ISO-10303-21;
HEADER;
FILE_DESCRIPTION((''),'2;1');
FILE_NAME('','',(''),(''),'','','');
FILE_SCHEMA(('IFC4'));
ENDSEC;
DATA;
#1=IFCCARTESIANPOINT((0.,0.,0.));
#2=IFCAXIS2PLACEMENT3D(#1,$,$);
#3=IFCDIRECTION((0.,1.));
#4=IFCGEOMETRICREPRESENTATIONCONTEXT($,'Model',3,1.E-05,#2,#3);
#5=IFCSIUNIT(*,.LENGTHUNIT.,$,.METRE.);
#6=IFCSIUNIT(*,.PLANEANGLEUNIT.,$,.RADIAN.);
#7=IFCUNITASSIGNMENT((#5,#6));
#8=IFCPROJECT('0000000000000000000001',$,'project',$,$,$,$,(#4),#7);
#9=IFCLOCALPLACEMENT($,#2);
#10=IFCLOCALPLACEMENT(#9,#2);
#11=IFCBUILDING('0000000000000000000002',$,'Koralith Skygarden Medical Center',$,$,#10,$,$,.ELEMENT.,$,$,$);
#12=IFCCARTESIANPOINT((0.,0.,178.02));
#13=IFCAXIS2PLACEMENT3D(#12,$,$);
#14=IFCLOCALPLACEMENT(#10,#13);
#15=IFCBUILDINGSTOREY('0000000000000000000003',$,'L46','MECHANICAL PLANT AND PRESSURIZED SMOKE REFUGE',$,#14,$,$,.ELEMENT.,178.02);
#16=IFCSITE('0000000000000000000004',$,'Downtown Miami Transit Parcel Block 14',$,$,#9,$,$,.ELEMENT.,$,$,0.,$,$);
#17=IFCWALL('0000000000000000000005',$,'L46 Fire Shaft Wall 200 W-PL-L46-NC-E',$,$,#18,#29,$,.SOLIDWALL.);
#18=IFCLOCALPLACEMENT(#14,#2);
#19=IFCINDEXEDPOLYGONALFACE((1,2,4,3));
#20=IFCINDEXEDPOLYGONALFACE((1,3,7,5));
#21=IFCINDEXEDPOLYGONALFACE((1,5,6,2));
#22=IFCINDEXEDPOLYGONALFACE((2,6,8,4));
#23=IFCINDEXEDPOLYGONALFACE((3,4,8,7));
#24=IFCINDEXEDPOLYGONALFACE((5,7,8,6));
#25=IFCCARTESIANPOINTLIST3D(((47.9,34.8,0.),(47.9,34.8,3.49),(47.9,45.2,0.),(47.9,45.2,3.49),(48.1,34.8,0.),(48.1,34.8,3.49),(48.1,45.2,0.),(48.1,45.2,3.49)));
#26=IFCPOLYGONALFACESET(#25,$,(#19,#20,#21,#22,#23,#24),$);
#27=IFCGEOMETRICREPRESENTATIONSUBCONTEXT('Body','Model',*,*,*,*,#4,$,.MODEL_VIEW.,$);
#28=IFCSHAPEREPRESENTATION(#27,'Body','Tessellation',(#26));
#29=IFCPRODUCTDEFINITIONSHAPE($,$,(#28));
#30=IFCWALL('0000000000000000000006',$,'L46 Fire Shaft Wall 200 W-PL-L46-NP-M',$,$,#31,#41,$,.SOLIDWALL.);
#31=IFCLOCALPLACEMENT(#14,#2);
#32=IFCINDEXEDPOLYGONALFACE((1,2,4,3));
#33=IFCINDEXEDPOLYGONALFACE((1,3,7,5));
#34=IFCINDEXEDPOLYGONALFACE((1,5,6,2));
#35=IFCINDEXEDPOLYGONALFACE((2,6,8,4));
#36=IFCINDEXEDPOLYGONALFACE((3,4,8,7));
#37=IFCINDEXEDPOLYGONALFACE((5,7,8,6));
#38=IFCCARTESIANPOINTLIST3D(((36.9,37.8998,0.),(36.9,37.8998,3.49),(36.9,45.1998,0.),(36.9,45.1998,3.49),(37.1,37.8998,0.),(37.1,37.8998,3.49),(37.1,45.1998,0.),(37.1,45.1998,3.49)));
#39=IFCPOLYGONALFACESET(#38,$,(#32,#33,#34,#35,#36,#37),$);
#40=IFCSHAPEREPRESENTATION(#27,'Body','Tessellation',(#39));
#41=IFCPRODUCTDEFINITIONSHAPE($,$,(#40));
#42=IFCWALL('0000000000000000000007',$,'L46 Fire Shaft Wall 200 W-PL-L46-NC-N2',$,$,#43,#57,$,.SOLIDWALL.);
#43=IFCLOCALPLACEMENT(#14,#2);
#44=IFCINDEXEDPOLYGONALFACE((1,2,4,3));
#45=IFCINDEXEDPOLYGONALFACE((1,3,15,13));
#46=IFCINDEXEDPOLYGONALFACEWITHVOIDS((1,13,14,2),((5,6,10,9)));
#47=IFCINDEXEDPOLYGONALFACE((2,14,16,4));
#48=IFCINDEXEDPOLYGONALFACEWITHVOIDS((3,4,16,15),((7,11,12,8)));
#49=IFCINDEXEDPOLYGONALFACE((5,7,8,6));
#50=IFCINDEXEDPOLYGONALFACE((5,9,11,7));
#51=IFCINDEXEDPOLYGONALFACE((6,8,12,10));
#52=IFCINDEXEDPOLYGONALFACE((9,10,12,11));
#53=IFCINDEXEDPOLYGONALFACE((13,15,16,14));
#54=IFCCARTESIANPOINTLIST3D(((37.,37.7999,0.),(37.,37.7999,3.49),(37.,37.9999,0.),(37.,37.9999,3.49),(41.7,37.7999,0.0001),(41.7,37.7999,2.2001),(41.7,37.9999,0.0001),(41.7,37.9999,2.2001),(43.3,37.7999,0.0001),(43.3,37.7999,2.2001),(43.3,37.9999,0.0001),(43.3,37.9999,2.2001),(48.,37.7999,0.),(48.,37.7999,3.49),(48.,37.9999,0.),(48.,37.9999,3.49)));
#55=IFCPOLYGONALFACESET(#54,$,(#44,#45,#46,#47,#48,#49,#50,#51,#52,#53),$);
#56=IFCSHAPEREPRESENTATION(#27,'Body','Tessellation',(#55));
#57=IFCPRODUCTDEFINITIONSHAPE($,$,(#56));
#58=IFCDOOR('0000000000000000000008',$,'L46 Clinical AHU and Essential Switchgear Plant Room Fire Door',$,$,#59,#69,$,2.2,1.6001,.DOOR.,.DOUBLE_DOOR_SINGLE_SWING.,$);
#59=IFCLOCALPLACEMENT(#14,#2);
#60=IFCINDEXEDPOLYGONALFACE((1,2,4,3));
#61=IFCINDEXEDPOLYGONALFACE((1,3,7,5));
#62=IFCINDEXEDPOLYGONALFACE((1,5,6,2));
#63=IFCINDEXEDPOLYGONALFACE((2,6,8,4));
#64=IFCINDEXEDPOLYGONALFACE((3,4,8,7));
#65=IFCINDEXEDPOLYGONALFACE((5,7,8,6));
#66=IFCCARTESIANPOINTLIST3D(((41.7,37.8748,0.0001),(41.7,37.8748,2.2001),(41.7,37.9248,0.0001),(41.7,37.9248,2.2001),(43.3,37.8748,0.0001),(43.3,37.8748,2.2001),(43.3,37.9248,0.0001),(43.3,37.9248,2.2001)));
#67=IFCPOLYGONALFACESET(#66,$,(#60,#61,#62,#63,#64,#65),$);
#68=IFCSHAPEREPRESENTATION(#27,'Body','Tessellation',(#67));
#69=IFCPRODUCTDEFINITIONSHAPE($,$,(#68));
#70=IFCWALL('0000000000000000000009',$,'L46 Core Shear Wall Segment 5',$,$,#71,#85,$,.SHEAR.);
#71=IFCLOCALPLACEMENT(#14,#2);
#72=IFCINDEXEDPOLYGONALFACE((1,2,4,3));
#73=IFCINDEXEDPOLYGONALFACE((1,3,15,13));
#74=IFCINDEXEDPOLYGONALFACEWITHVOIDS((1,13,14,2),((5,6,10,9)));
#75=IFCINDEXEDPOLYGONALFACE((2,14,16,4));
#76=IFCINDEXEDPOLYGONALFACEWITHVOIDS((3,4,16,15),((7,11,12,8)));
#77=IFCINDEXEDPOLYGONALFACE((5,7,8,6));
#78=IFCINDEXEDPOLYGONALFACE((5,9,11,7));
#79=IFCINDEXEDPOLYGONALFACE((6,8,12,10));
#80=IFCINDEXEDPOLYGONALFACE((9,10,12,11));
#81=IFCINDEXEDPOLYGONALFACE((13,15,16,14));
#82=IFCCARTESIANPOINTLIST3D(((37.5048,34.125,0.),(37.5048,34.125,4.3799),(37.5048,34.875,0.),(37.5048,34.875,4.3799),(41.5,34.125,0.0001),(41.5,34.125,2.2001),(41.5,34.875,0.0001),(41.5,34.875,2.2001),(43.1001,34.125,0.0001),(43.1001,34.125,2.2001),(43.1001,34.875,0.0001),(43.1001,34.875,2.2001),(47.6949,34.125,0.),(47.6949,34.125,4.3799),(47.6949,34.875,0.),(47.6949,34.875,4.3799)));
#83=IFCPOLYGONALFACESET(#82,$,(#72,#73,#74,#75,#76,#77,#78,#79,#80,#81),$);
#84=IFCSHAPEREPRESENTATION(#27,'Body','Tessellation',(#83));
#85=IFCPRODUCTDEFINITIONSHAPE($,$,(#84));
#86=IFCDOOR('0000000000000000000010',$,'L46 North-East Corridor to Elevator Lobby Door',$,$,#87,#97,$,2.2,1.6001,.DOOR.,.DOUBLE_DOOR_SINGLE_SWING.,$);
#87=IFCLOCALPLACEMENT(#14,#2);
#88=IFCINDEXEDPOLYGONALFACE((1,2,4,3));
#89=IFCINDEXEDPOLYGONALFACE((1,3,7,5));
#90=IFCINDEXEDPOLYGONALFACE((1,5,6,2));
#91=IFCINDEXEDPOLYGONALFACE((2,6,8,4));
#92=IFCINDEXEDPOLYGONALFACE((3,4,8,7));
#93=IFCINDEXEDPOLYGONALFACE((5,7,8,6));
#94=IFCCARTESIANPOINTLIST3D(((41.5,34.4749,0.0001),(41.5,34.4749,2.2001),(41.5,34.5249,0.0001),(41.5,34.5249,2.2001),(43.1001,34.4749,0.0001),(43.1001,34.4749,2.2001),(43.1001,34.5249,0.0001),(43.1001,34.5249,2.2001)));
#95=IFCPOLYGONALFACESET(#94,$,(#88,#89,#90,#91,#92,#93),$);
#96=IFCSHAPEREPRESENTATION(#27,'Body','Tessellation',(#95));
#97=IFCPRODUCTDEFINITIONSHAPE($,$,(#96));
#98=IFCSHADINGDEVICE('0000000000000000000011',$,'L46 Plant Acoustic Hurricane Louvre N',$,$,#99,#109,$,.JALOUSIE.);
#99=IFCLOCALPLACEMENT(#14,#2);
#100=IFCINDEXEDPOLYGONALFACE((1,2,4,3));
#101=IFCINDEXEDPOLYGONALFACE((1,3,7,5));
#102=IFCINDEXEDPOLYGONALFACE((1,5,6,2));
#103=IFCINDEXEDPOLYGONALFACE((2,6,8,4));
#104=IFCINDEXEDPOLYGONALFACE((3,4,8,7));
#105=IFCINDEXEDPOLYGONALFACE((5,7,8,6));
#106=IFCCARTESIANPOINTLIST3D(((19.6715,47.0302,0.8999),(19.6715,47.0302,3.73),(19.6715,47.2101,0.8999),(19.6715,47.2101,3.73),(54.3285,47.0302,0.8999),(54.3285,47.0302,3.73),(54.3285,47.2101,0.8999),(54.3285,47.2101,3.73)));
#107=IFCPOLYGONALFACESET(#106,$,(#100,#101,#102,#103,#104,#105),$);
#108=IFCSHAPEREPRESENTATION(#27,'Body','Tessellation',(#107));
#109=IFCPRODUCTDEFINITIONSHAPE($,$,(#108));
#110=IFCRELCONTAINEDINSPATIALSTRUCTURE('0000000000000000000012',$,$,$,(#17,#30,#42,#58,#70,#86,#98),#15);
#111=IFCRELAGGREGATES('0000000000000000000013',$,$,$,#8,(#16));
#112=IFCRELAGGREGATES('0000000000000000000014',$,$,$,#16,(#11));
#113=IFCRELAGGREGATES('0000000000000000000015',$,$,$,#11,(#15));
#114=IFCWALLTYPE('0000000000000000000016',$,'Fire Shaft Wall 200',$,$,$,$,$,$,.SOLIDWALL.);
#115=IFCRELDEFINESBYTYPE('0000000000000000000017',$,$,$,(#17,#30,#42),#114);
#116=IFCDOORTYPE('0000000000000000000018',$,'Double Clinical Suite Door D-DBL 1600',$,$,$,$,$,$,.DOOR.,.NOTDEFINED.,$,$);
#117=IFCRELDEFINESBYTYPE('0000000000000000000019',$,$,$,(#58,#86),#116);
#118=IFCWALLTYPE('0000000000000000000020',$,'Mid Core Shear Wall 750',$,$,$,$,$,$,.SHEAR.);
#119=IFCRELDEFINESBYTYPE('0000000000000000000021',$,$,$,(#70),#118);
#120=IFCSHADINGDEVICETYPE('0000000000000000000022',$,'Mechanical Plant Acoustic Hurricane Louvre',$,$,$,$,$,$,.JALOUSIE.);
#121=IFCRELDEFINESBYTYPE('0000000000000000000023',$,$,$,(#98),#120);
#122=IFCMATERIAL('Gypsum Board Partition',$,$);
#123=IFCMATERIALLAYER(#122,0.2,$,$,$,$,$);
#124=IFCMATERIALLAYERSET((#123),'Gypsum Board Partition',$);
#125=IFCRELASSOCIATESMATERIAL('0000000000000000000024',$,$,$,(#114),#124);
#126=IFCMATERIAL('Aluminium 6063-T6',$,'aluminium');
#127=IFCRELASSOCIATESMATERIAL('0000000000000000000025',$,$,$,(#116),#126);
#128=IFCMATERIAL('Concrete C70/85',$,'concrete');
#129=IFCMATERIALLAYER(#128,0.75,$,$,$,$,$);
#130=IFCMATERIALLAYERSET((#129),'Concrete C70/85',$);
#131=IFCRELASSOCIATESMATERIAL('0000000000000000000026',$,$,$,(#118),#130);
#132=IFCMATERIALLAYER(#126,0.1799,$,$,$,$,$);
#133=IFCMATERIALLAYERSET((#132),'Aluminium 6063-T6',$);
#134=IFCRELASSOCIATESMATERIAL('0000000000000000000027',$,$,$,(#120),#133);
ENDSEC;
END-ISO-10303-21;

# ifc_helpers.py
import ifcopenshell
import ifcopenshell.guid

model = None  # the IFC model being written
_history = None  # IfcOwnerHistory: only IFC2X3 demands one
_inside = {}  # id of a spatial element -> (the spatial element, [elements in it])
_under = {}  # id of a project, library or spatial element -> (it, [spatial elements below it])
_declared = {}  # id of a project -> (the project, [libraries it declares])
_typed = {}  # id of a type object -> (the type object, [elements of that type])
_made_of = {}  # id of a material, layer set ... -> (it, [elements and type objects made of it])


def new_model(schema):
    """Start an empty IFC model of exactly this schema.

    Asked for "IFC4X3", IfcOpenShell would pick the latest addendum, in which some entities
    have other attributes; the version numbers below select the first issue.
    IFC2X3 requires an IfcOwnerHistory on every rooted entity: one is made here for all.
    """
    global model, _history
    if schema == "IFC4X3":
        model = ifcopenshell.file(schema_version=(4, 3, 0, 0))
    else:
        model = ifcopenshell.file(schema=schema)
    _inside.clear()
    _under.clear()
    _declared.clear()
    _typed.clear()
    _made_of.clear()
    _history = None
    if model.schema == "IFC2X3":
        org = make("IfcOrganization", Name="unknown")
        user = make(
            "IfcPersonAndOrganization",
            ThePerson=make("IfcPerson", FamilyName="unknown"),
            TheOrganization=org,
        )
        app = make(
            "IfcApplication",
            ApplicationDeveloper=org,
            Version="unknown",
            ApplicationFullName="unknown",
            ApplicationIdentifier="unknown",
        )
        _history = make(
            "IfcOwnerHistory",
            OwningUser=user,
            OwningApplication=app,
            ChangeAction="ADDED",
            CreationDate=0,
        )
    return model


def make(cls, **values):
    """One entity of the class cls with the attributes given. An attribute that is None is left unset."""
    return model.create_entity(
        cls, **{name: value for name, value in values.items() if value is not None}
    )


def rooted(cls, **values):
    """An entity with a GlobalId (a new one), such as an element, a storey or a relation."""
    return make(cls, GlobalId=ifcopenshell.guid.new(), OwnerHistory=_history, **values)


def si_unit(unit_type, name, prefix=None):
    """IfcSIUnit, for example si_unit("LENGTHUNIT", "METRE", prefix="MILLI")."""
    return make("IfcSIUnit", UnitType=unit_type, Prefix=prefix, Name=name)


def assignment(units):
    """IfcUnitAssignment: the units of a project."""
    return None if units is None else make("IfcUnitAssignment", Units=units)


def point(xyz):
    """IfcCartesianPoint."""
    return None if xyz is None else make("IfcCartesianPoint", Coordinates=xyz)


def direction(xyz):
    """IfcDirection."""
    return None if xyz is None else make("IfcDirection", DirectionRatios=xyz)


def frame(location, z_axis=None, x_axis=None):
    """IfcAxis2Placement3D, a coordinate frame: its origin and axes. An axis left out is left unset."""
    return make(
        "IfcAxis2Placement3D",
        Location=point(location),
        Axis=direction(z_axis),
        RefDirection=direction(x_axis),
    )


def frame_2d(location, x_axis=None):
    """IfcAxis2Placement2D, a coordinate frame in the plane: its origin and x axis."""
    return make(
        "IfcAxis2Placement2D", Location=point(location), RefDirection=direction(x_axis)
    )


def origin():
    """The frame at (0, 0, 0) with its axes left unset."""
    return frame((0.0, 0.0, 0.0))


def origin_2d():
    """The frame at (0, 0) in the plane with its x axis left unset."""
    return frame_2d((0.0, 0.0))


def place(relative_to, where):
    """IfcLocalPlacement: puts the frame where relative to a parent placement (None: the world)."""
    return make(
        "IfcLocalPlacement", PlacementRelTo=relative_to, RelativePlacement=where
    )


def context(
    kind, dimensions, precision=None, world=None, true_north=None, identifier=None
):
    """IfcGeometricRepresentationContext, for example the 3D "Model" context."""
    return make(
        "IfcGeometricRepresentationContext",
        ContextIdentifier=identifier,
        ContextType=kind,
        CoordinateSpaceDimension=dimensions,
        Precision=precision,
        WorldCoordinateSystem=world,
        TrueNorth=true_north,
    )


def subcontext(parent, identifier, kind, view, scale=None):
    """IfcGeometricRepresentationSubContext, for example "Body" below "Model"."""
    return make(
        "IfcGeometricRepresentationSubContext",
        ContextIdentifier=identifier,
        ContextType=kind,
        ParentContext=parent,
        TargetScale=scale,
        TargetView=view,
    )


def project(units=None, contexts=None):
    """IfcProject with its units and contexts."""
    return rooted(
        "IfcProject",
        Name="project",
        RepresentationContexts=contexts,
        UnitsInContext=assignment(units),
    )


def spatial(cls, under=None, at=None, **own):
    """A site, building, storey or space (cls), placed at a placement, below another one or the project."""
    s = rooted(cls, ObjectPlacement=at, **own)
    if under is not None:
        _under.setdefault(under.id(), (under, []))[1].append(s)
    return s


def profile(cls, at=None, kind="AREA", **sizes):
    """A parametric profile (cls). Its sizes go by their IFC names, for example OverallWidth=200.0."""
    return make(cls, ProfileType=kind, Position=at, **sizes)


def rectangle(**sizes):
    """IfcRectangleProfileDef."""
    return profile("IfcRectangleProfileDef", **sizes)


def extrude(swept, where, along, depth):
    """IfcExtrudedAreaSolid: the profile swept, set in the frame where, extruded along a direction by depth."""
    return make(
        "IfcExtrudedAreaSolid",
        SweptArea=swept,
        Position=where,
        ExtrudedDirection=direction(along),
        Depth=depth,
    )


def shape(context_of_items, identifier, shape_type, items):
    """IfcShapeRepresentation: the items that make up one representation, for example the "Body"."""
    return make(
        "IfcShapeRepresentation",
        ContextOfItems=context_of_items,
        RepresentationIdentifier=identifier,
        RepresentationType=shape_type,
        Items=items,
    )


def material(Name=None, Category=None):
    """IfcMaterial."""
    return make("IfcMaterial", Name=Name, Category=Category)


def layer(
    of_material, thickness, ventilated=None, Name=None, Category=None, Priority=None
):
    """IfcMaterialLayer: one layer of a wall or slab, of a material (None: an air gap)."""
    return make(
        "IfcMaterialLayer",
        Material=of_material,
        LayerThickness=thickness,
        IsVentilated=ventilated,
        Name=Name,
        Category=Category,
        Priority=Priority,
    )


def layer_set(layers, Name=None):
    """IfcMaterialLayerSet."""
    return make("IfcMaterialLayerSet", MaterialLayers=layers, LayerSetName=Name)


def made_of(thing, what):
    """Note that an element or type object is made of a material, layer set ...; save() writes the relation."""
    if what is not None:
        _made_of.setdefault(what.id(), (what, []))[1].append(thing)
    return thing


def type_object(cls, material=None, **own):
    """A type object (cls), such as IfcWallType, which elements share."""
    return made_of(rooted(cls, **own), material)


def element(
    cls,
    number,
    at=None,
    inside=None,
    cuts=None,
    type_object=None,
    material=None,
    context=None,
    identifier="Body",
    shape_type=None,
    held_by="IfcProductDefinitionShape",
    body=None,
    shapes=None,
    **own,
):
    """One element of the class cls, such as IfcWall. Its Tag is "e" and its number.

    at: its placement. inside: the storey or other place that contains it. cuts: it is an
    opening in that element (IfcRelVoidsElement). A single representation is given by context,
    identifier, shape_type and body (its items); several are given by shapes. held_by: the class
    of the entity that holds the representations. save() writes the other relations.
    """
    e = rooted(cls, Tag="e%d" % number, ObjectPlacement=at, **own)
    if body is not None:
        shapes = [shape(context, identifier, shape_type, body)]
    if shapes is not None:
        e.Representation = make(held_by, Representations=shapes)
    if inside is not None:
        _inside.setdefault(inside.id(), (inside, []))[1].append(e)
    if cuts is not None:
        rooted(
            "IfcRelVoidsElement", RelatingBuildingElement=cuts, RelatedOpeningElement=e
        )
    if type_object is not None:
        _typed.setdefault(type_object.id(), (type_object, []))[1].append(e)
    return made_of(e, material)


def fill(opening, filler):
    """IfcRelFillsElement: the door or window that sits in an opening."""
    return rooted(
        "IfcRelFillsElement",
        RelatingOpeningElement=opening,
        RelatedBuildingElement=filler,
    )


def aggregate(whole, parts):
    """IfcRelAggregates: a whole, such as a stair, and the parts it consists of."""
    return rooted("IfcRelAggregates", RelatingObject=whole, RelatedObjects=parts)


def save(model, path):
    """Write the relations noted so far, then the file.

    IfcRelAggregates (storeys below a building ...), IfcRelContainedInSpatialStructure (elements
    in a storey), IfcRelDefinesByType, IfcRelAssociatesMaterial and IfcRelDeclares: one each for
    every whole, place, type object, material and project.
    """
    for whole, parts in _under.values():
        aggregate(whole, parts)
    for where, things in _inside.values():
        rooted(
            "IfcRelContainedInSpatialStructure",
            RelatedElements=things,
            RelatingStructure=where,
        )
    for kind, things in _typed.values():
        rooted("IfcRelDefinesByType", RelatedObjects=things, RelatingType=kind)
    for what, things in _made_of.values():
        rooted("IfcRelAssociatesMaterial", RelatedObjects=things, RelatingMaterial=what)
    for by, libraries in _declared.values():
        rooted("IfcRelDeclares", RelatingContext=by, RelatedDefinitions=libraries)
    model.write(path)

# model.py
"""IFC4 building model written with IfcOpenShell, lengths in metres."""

from ifc_helpers import new_model, si_unit, direction, frame, frame_2d, origin, origin_2d, place, context, subcontext, project, spatial, rectangle, extrude, material, layer, layer_set, type_object, element, fill, save


model = new_model("IFC4")

# Units and contexts
model_context = context("Model", 3, precision=1e-05, world=origin(), true_north=direction((0.0, 1.0)))
body_context = subcontext(model_context, "Body", "Model", "MODEL_VIEW")
ifc_project = project(units=[si_unit("LENGTHUNIT", "METRE"), si_unit("PLANEANGLEUNIT", "RADIAN")], contexts=[model_context])

# Site, building, storey
site_placement = place(None, origin())
site = spatial("IfcSite", under=ifc_project, at=site_placement, Name="Downtown Miami Transit Parcel Block 14", CompositionType="ELEMENT", RefElevation=0.0)
building_placement = place(site_placement, origin())
building = spatial("IfcBuilding", under=site, at=building_placement, Name="Koralith Skygarden Medical Center", CompositionType="ELEMENT")
storey_placement = place(building_placement, frame((0.0, 0.0, 178.02)))
storey = spatial("IfcBuildingStorey", under=building, at=storey_placement, Name="L46", Description="MECHANICAL PLANT AND PRESSURIZED SMOKE REFUGE", CompositionType="ELEMENT", Elevation=178.02)

# Shared definitions
ifc_material_1 = material(Name="Concrete C70/85", Category="concrete")

# Walls
ifc_material_2 = material(Name="Gypsum Board Partition")
ifc_layer_1 = layer(ifc_material_2, 0.2)
ifc_layer_set_1 = layer_set([ifc_layer_1], Name="Gypsum Board Partition")
wall_type_1 = type_object("IfcWallType", Name="Fire Shaft Wall 200", PredefinedType="SOLIDWALL", material=ifc_layer_set_1)
wall_1_placement = place(storey_placement, frame((48.0, 34.8, 0.0), z_axis=(0.0, 0.0, 1.0), x_axis=(0.0, 1.0, 0.0)))
element("IfcWall", 1, at=wall_1_placement, inside=storey, type_object=wall_type_1, Name="L46 Fire Shaft Wall 200 W-PL-L46-NC-E", PredefinedType="SOLIDWALL", context=body_context, shape_type="SweptSolid", body=[
    extrude(rectangle(XDim=10.3999, YDim=0.2, at=frame_2d((5.2, 0.0))), origin(), (0.0, 0.0, 1.0), 3.49),
])
wall_2_placement = place(storey_placement, frame((37.0, 37.8999, 0.0), z_axis=(0.0, 0.0, 1.0), x_axis=(0.0, 1.0, 0.0)))
element("IfcWall", 2, at=wall_2_placement, inside=storey, type_object=wall_type_1, Name="L46 Fire Shaft Wall 200 W-PL-L46-NP-M", PredefinedType="SOLIDWALL", context=body_context, shape_type="SweptSolid", body=[
    extrude(rectangle(XDim=7.3, YDim=0.2, at=frame_2d((3.6499, 0.0))), origin(), (0.0, 0.0, 1.0), 3.49),
])

# Walls, openings, doors
wall_3_placement = place(storey_placement, frame((37.0, 37.8999, 0.0), z_axis=(0.0, 0.0, 1.0), x_axis=(1.0, 0.0, 0.0)))
wall_3 = element("IfcWall", 3, at=wall_3_placement, inside=storey, type_object=wall_type_1, Name="L46 Fire Shaft Wall 200 W-PL-L46-NC-N2", PredefinedType="SOLIDWALL", context=body_context, shape_type="SweptSolid", body=[
    extrude(rectangle(XDim=11.0, YDim=0.2, at=frame_2d((5.5, 0.0))), origin(), (0.0, 0.0, 1.0), 3.49),
])
opening_1_placement = place(wall_3_placement, frame((4.7, 0.0, 0.0)))
opening_1 = element("IfcOpeningElement", 4, at=opening_1_placement, cuts=wall_3, PredefinedType="OPENING", context=body_context, shape_type="SweptSolid", body=[
    extrude(rectangle(XDim=1.6001, YDim=2.2, at=frame_2d((0.8, 1.1001))), frame((0.0, 0.1099, 0.0), z_axis=(0.0, -1.0, 0.0), x_axis=(1.0, 0.0, 0.0)), (0.0, 0.0, 1.0), 0.22),
])
ifc_material_3 = material(Name="Aluminium 6063-T6", Category="aluminium")
door_type_1 = type_object("IfcDoorType", Name="Double Clinical Suite Door D-DBL 1600", OperationType="NOTDEFINED", PredefinedType="DOOR", material=ifc_material_3)
door_1_placement = place(opening_1_placement, origin())
door_1 = element("IfcDoor", 5, at=door_1_placement, inside=storey, type_object=door_type_1, Name="L46 Clinical AHU and Essential Switchgear Plant Room Fire Door", OperationType="DOUBLE_DOOR_SINGLE_SWING", OverallHeight=2.2, OverallWidth=1.6001, PredefinedType="DOOR", context=body_context, shape_type="SweptSolid", body=[
    extrude(rectangle(XDim=1.6001, YDim=2.2, at=frame_2d((0.8, 1.1001))), frame((0.0, 0.0249, 0.0), z_axis=(0.0, -1.0, 0.0), x_axis=(1.0, 0.0, 0.0)), (0.0, 0.0, 1.0), 0.05),
])
fill(opening_1, door_1)
ifc_layer_2 = layer(ifc_material_1, 0.75)
ifc_layer_set_2 = layer_set([ifc_layer_2], Name="Concrete C70/85")
wall_type_2 = type_object("IfcWallType", Name="Mid Core Shear Wall 750", PredefinedType="SHEAR", material=ifc_layer_set_2)
wall_4_placement = place(storey_placement, frame((47.6951, 34.5, 0.0), z_axis=(0.0, 0.0, 1.0), x_axis=(-1.0, 0.0, 0.0)))
wall_4 = element("IfcWall", 6, at=wall_4_placement, inside=storey, type_object=wall_type_2, Name="L46 Core Shear Wall Segment 5", PredefinedType="SHEAR", context=body_context, shape_type="SweptSolid", body=[
    extrude(rectangle(XDim=10.1902, YDim=0.75, at=frame_2d((5.0952, 0.0))), origin(), (0.0, 0.0, 1.0), 4.3799),
])
opening_2_placement = place(wall_4_placement, frame((4.595, 0.0, 0.0)))
opening_2 = element("IfcOpeningElement", 7, at=opening_2_placement, cuts=wall_4, PredefinedType="OPENING", context=body_context, shape_type="SweptSolid", body=[
    extrude(rectangle(XDim=1.6001, YDim=2.2, at=frame_2d((0.8, 1.1001))), frame((0.0, 0.385, 0.0), z_axis=(0.0, -1.0, 0.0), x_axis=(1.0, 0.0, 0.0)), (0.0, 0.0, 1.0), 0.77),
])
door_2_placement = place(opening_2_placement, frame((1.6001, 0.0, 0.0), z_axis=(0.0, 0.0, 1.0), x_axis=(-1.0, 0.0, 0.0)))
door_2 = element("IfcDoor", 8, at=door_2_placement, inside=storey, type_object=door_type_1, Name="L46 North-East Corridor to Elevator Lobby Door", OperationType="DOUBLE_DOOR_SINGLE_SWING", OverallHeight=2.2, OverallWidth=1.6001, PredefinedType="DOOR", context=body_context, shape_type="SweptSolid", body=[
    extrude(rectangle(XDim=1.6001, YDim=2.2, at=frame_2d((0.8, 1.1001))), frame((0.0, 0.0249, 0.0), z_axis=(0.0, -1.0, 0.0), x_axis=(1.0, 0.0, 0.0)), (0.0, 0.0, 1.0), 0.05),
])
fill(opening_2, door_2)

# Shading device
ifc_layer_3 = layer(ifc_material_3, 0.1799)
ifc_layer_set_3 = layer_set([ifc_layer_3], Name="Aluminium 6063-T6")
shading_device_type = type_object("IfcShadingDeviceType", Name="Mechanical Plant Acoustic Hurricane Louvre", PredefinedType="JALOUSIE", material=ifc_layer_set_3)
shading_device_placement = place(storey_placement, frame((37.0, 47.1201, 0.8999), z_axis=(0.0, 0.0, 1.0), x_axis=(-1.0, 0.0, 0.0)))
element("IfcShadingDevice", 9, at=shading_device_placement, inside=storey, type_object=shading_device_type, Name="L46 Plant Acoustic Hurricane Louvre N", PredefinedType="JALOUSIE", context=body_context, shape_type="SweptSolid", body=[
    extrude(rectangle(XDim=34.657, YDim=0.1799, at=origin_2d()), origin(), (0.0, 0.0, 1.0), 2.8301),
])

save(model, "model.ifc")
